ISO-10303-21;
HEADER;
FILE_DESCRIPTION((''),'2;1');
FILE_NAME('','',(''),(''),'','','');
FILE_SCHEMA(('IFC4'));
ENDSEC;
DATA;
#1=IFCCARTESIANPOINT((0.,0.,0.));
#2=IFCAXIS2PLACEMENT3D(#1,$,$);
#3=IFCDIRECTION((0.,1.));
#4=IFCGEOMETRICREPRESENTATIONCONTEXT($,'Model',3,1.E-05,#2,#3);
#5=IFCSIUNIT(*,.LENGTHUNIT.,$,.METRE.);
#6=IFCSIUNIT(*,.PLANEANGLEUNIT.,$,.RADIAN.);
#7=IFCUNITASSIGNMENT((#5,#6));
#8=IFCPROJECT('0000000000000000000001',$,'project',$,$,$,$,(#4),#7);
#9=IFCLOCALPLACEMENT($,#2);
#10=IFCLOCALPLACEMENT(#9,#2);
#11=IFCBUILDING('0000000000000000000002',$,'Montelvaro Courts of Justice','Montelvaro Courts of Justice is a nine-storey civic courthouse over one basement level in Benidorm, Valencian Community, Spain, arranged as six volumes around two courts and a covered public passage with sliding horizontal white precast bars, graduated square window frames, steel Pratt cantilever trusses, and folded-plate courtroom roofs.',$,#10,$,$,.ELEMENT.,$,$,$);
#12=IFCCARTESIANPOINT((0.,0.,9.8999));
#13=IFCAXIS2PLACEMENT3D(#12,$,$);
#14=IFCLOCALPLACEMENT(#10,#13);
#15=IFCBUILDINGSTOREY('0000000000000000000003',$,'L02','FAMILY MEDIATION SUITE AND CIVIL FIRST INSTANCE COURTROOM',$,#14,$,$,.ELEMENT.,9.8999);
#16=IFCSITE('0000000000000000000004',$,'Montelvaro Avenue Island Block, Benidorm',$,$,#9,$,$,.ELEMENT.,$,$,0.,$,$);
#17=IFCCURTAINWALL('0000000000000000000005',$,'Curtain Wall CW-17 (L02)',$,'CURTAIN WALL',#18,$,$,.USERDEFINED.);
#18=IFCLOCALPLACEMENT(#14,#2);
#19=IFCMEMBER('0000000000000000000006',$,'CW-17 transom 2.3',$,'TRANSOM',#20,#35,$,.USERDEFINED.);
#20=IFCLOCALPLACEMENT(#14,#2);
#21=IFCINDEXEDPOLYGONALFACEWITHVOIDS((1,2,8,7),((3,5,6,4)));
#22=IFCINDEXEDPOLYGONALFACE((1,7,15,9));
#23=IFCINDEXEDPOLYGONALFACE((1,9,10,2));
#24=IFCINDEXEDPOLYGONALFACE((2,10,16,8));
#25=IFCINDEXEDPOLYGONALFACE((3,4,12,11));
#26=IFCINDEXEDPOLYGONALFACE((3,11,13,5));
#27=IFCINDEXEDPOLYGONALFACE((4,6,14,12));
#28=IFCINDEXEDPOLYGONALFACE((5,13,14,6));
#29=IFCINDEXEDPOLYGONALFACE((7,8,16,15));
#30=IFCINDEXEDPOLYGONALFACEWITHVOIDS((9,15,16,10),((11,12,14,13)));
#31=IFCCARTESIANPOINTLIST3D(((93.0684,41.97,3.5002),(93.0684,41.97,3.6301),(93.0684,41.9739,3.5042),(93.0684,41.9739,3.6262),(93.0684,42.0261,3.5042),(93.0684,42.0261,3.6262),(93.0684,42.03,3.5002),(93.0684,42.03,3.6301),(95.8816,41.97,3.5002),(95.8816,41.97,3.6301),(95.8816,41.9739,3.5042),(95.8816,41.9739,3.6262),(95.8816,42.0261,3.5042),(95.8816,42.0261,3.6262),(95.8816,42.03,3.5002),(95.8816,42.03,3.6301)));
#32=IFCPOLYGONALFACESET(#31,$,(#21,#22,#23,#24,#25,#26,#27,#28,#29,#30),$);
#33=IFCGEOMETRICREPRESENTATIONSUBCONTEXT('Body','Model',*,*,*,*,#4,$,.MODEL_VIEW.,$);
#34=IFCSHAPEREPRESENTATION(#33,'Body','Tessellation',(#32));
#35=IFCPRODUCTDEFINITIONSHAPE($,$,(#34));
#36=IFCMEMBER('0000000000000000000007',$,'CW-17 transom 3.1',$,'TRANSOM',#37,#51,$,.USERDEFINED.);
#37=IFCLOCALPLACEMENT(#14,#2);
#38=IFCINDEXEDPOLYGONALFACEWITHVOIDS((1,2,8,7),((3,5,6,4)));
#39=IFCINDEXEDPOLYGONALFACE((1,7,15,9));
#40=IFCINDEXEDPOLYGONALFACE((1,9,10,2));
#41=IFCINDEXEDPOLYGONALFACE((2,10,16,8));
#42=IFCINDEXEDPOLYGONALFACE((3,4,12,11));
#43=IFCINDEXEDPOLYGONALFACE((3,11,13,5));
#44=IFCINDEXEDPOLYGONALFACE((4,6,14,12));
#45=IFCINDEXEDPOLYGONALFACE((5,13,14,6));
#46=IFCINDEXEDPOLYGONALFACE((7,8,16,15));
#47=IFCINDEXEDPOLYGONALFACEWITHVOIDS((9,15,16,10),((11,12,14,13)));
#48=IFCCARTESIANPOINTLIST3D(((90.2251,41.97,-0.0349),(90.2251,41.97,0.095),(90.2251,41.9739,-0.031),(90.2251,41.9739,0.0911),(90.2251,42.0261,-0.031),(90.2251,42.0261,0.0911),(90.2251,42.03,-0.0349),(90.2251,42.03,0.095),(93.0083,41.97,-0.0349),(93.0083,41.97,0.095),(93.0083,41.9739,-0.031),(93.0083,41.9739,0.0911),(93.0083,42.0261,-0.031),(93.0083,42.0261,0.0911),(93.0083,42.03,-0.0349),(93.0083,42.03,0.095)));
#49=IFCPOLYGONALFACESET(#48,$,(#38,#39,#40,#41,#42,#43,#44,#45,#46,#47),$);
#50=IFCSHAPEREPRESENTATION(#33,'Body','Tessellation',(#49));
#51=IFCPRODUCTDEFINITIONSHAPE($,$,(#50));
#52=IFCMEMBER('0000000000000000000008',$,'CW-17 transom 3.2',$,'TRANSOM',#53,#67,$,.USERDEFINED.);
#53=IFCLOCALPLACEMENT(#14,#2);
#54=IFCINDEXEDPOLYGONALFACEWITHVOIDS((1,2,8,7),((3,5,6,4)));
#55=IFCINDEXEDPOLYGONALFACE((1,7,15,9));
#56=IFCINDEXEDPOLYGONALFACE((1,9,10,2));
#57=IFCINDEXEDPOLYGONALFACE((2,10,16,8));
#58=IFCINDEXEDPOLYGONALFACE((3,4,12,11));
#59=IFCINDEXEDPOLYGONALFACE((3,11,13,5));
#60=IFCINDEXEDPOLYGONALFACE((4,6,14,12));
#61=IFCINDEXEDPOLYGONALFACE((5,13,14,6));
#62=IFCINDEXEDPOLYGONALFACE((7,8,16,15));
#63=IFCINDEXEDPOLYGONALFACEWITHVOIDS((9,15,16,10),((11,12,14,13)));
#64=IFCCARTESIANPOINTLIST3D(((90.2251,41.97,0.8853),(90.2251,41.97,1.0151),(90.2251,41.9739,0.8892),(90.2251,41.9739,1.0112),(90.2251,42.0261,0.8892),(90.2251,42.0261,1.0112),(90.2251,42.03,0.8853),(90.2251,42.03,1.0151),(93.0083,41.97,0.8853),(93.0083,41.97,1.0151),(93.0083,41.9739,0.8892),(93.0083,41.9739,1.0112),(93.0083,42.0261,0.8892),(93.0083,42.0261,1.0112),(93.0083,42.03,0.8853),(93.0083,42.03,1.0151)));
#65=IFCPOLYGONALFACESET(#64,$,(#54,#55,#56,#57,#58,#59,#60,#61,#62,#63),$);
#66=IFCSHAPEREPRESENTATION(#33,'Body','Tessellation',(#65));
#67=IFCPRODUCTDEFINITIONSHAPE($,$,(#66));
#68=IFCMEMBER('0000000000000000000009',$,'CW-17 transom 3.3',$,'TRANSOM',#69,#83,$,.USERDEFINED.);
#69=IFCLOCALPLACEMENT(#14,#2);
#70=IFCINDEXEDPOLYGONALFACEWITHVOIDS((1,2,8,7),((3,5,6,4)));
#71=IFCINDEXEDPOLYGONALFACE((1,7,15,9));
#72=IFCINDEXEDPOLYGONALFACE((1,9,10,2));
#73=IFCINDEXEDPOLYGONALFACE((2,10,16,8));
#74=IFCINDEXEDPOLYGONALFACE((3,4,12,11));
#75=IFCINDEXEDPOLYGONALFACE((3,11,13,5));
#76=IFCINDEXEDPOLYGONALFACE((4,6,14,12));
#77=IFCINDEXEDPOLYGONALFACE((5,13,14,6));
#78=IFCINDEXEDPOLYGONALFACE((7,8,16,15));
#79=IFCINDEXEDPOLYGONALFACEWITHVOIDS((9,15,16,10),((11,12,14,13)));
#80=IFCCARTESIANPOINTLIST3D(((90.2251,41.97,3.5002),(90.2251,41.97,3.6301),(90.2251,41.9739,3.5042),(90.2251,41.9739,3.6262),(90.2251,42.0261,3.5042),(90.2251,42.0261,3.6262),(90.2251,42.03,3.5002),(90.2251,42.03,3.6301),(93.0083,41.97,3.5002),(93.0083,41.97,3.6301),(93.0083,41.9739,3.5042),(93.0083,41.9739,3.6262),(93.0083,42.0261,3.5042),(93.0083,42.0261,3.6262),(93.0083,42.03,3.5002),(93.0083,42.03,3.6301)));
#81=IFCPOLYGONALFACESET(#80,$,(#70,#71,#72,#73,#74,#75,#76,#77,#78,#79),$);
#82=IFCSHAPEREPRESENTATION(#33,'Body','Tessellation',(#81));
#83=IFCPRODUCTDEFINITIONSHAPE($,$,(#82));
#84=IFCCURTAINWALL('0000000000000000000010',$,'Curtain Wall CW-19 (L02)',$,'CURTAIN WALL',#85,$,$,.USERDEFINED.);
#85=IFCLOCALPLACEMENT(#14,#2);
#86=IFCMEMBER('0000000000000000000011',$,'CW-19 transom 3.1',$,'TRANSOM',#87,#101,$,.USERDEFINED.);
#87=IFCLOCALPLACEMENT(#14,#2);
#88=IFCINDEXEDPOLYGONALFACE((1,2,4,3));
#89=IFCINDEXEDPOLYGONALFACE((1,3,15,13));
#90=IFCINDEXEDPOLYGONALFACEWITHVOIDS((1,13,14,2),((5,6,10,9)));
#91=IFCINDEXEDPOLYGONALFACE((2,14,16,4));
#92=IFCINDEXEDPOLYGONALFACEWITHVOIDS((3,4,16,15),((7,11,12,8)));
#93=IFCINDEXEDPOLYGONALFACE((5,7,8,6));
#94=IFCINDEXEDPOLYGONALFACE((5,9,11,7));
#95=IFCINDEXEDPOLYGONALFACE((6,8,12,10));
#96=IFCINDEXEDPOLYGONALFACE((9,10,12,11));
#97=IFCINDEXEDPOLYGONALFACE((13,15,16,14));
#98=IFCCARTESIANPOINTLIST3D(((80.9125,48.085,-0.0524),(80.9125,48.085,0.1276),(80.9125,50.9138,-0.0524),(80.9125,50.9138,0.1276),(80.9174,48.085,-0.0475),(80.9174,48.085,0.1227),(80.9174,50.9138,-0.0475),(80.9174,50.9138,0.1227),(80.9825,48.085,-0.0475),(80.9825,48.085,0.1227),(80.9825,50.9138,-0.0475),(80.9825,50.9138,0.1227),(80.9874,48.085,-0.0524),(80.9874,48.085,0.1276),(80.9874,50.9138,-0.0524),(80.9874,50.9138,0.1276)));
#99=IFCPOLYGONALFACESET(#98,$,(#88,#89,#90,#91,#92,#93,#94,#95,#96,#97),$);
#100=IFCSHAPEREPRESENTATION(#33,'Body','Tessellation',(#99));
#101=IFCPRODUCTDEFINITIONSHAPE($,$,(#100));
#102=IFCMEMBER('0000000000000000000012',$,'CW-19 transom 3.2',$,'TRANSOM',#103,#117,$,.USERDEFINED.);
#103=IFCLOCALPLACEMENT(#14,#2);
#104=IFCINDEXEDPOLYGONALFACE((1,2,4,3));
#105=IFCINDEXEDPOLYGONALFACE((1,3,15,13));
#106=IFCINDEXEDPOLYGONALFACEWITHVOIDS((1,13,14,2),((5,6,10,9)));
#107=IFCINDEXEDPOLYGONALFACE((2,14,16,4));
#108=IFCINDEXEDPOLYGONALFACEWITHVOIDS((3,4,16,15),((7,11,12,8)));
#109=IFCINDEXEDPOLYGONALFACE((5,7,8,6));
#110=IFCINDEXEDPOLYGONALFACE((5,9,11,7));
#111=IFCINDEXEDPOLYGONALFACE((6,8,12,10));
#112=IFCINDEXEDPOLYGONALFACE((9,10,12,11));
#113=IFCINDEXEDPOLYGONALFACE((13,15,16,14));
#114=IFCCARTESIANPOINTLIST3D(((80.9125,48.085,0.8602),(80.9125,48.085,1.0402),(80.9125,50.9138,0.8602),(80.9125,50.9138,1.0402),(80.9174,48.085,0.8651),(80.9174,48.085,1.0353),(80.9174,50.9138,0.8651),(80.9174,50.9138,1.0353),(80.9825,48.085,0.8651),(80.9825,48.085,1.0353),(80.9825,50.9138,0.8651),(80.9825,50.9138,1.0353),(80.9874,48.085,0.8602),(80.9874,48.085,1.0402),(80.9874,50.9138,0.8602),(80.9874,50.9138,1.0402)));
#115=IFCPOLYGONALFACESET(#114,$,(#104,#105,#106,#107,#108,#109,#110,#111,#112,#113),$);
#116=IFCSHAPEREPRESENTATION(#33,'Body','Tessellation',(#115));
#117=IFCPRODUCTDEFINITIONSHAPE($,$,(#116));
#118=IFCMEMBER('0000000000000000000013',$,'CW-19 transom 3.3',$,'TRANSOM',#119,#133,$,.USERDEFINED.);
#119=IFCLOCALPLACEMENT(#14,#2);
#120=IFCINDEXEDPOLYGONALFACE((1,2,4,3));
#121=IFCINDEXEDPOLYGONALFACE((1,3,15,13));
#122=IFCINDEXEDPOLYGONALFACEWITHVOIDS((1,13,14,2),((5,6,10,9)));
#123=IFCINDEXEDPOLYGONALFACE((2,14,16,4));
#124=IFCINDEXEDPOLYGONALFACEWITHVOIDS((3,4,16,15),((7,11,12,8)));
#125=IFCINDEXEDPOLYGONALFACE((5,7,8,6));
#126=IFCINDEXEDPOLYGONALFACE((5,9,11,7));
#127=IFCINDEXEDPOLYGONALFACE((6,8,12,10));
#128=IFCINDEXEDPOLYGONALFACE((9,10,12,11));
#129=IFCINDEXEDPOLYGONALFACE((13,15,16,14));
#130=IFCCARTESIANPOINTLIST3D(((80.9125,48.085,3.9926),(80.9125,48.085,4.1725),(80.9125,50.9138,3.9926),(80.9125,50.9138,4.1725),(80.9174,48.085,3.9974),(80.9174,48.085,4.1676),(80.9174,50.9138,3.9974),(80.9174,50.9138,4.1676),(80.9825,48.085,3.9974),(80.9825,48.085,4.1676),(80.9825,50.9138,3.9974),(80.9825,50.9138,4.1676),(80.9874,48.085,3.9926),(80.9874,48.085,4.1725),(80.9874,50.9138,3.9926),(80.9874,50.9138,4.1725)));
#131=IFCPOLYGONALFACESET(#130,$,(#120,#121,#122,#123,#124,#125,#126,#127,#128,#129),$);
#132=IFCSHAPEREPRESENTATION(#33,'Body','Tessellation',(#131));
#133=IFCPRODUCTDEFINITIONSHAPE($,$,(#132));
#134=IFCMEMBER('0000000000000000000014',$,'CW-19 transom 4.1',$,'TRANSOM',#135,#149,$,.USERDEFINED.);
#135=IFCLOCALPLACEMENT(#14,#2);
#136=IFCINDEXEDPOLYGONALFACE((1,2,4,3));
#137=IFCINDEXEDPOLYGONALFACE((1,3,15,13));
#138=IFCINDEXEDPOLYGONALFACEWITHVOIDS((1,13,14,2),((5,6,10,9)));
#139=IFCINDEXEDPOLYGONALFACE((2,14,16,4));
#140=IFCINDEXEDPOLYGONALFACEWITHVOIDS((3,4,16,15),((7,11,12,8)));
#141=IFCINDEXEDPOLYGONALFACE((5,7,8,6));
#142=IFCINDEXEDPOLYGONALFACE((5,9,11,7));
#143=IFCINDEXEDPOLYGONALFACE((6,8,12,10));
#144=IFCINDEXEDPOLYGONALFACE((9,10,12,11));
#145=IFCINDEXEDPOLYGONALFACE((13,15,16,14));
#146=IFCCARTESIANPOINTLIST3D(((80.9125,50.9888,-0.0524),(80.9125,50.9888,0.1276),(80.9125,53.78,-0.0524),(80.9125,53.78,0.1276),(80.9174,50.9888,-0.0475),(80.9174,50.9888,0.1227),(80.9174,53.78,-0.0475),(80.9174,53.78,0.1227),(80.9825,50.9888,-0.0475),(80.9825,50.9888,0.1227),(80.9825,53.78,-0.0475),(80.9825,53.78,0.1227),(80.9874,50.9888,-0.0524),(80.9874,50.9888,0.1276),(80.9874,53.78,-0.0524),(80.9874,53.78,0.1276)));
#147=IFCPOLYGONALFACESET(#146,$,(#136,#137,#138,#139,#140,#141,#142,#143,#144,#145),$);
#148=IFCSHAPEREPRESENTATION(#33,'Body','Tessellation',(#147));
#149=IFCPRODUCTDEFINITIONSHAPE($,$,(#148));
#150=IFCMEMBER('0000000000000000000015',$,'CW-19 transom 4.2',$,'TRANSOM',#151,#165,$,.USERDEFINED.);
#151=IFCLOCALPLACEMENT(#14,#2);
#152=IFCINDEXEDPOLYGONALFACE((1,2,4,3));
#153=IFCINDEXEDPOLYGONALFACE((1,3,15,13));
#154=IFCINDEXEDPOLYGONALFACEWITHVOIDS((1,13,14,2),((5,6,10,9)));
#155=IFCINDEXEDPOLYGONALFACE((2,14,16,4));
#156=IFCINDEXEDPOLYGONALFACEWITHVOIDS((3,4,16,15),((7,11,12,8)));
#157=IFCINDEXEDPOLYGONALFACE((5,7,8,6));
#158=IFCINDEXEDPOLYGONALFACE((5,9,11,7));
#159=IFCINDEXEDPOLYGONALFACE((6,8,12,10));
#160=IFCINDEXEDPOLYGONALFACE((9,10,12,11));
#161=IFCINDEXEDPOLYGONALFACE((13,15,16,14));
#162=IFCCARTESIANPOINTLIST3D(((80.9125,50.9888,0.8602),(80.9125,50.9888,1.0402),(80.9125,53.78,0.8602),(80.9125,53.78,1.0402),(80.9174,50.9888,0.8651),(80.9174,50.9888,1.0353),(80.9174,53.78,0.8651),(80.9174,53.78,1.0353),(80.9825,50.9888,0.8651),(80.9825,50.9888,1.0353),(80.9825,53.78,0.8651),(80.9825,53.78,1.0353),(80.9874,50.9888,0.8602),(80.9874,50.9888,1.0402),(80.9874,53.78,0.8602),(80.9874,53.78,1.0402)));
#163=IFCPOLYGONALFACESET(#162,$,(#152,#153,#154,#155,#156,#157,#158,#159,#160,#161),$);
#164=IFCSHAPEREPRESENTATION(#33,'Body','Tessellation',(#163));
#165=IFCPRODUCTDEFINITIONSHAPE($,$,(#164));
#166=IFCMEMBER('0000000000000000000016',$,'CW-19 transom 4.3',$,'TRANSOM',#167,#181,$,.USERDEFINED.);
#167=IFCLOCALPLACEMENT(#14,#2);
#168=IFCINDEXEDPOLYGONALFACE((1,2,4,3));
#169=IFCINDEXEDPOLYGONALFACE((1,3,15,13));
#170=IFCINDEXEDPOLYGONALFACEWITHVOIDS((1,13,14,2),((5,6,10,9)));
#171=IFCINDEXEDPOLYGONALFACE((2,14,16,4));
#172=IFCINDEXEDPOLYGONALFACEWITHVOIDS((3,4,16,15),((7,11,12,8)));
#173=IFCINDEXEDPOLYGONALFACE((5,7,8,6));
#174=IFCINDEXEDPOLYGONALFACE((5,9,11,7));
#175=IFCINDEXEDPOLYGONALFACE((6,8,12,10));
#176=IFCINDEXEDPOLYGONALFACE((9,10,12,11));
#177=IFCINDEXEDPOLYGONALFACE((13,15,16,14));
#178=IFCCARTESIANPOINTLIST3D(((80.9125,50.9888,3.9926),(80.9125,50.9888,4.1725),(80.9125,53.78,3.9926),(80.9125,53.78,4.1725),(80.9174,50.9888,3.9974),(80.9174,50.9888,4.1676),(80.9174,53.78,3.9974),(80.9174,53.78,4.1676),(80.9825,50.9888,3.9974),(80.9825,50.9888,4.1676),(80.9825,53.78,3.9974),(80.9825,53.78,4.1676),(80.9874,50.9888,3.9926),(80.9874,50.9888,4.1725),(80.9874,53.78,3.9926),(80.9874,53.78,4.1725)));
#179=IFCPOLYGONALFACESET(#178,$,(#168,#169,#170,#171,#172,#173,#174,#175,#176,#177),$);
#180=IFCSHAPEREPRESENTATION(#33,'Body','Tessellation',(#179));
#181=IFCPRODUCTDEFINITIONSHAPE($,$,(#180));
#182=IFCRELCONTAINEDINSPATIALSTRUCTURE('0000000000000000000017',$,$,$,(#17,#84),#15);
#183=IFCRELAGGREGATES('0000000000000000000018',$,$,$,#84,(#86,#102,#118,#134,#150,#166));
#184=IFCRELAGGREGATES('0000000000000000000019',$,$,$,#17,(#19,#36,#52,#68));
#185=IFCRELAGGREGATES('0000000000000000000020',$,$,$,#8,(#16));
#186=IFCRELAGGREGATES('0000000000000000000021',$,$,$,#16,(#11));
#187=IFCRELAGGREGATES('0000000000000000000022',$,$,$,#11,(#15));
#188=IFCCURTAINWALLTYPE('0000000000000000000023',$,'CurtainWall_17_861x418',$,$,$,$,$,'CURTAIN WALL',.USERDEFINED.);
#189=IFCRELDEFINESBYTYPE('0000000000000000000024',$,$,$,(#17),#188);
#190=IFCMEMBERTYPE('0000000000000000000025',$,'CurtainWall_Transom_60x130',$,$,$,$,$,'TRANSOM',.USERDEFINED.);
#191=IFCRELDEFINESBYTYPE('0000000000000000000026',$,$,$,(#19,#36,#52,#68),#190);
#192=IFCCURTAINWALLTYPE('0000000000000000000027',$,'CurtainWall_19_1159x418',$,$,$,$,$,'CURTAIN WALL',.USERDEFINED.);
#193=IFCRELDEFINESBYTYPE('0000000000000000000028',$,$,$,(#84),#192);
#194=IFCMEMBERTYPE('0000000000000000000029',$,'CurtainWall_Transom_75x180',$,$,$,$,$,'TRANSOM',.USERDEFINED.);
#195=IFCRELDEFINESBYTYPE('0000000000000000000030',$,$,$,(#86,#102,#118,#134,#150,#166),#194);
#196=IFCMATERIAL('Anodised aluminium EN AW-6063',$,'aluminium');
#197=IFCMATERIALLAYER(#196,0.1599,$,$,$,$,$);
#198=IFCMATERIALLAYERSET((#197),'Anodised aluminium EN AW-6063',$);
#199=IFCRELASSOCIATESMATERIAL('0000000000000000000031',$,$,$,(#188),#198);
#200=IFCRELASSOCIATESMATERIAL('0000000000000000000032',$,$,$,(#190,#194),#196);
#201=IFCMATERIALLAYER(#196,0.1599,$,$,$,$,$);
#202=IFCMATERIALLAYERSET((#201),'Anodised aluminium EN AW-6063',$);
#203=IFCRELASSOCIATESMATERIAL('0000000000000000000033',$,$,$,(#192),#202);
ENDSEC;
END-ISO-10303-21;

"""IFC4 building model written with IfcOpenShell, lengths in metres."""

from ifc_helpers import new_model, si_unit, direction, frame, origin, origin_2d, place, context, subcontext, project, spatial, hollow_rectangle, extrude, material, layer, layer_set, material_profile, profile_set, type_object, element, aggregate, save


model = new_model("IFC4")

# Units and contexts
model_context = context("Model", 3, precision=1e-05, world=origin(), true_north=direction((0.0, 1.0)))
body_context = subcontext(model_context, "Body", "Model", "MODEL_VIEW")
ifc_project = project(units=[si_unit("LENGTHUNIT", "METRE"), si_unit("PLANEANGLEUNIT", "RADIAN")], contexts=[model_context])

# Site, building, storey
site_placement = place(None, origin())
site = spatial("IfcSite", under=ifc_project, at=site_placement, Name="Montelvaro Avenue Island Block, Benidorm", CompositionType="ELEMENT", RefElevation=0.0)
building_placement = place(site_placement, origin())
building = spatial("IfcBuilding", under=site, at=building_placement, Name="Montelvaro Courts of Justice", Description="Montelvaro Courts of Justice is a nine-storey civic courthouse over one basement level in Benidorm, Valencian Community, Spain, arranged as six volumes around two courts and a covered public passage with sliding horizontal white precast bars, graduated square window frames, steel Pratt cantilever trusses, and folded-plate courtroom roofs.", CompositionType="ELEMENT")
storey_placement = place(building_placement, frame((0.0, 0.0, 9.8999)))
storey = spatial("IfcBuildingStorey", under=building, at=storey_placement, Name="L02", Description="FAMILY MEDIATION SUITE AND CIVIL FIRST INSTANCE COURTROOM", CompositionType="ELEMENT", Elevation=9.8999)

# Shared definitions
ifc_material_1 = material(Name="Anodised aluminium EN AW-6063", Category="aluminium")

# Curtain walls, members
ifc_layer_1 = layer(ifc_material_1, 0.1599)
ifc_layer_set_1 = layer_set([ifc_layer_1], Name="Anodised aluminium EN AW-6063")
curtain_wall_type_1 = type_object("IfcCurtainWallType", Name="CurtainWall_17_861x418", ElementType="CURTAIN WALL", PredefinedType="USERDEFINED", material=ifc_layer_set_1)
curtain_wall_1_placement = place(storey_placement, origin())
curtain_wall_1 = element("IfcCurtainWall", 1, at=curtain_wall_1_placement, inside=storey, type_object=curtain_wall_type_1, Name="Curtain Wall CW-17 (L02)", ObjectType="CURTAIN WALL", PredefinedType="USERDEFINED")
ifc_material_profile_1 = material_profile(ifc_material_1, hollow_rectangle(XDim=0.0601, YDim=0.1299, WallThickness=0.0039, at=origin_2d()), Name="ALU-T 60x130")
ifc_profile_set_1 = profile_set([ifc_material_profile_1], Name="Anodised aluminium EN AW-6063")
member_type_1 = type_object("IfcMemberType", Name="CurtainWall_Transom_60x130", ElementType="TRANSOM", PredefinedType="USERDEFINED", material=ifc_profile_set_1)
member_1_placement = place(storey_placement, frame((95.8816, 42.0, 3.5652), z_axis=(-1.0, 0.0, 0.0), x_axis=(0.0, -1.0, 0.0)))
member_1 = element("IfcMember", 2, at=member_1_placement, type_object=member_type_1, Name="CW-17 transom 2.3", ObjectType="TRANSOM", PredefinedType="USERDEFINED", context=body_context, shape_type="SweptSolid", body=[
    extrude(hollow_rectangle(XDim=0.0601, YDim=0.1299, WallThickness=0.0039, at=origin_2d()), origin(), (0.0, 0.0, 1.0), 2.8132),
])
member_2_placement = place(storey_placement, frame((93.0083, 42.0, 0.03), z_axis=(-1.0, 0.0, 0.0), x_axis=(0.0, -1.0, 0.0)))
member_2 = element("IfcMember", 3, at=member_2_placement, type_object=member_type_1, Name="CW-17 transom 3.1", ObjectType="TRANSOM", PredefinedType="USERDEFINED", context=body_context, shape_type="SweptSolid", body=[
    extrude(hollow_rectangle(XDim=0.0601, YDim=0.1299, WallThickness=0.0039, at=origin_2d()), origin(), (0.0, 0.0, 1.0), 2.7832),
])
member_3_placement = place(storey_placement, frame((93.0083, 42.0, 0.9502), z_axis=(-1.0, 0.0, 0.0), x_axis=(0.0, -1.0, 0.0)))
member_3 = element("IfcMember", 4, at=member_3_placement, type_object=member_type_1, Name="CW-17 transom 3.2", ObjectType="TRANSOM", PredefinedType="USERDEFINED", context=body_context, shape_type="SweptSolid", body=[
    extrude(hollow_rectangle(XDim=0.0601, YDim=0.1299, WallThickness=0.0039, at=origin_2d()), origin(), (0.0, 0.0, 1.0), 2.7832),
])
member_4_placement = place(storey_placement, frame((93.0083, 42.0, 3.5652), z_axis=(-1.0, 0.0, 0.0), x_axis=(0.0, -1.0, 0.0)))
member_4 = element("IfcMember", 5, at=member_4_placement, type_object=member_type_1, Name="CW-17 transom 3.3", ObjectType="TRANSOM", PredefinedType="USERDEFINED", context=body_context, shape_type="SweptSolid", body=[
    extrude(hollow_rectangle(XDim=0.0601, YDim=0.1299, WallThickness=0.0039, at=origin_2d()), origin(), (0.0, 0.0, 1.0), 2.7832),
])
ifc_layer_2 = layer(ifc_material_1, 0.1599)
ifc_layer_set_2 = layer_set([ifc_layer_2], Name="Anodised aluminium EN AW-6063")
curtain_wall_type_2 = type_object("IfcCurtainWallType", Name="CurtainWall_19_1159x418", ElementType="CURTAIN WALL", PredefinedType="USERDEFINED", material=ifc_layer_set_2)
curtain_wall_2_placement = place(storey_placement, origin())
curtain_wall_2 = element("IfcCurtainWall", 6, at=curtain_wall_2_placement, inside=storey, type_object=curtain_wall_type_2, Name="Curtain Wall CW-19 (L02)", ObjectType="CURTAIN WALL", PredefinedType="USERDEFINED")
ifc_material_profile_2 = material_profile(ifc_material_1, hollow_rectangle(XDim=0.075, YDim=0.1799, WallThickness=0.0049, at=origin_2d()), Name="ALU-T 75x180")
ifc_profile_set_2 = profile_set([ifc_material_profile_2], Name="Anodised aluminium EN AW-6063")
member_type_2 = type_object("IfcMemberType", Name="CurtainWall_Transom_75x180", ElementType="TRANSOM", PredefinedType="USERDEFINED", material=ifc_profile_set_2)
member_5_placement = place(storey_placement, frame((80.95, 48.085, 0.0376), z_axis=(0.0, 1.0, 0.0), x_axis=(-1.0, 0.0, 0.0)))
member_5 = element("IfcMember", 7, at=member_5_placement, type_object=member_type_2, Name="CW-19 transom 3.1", ObjectType="TRANSOM", PredefinedType="USERDEFINED", context=body_context, shape_type="SweptSolid", body=[
    extrude(hollow_rectangle(XDim=0.075, YDim=0.1799, WallThickness=0.0049, at=origin_2d()), origin(), (0.0, 0.0, 1.0), 2.8289),
])
member_6_placement = place(storey_placement, frame((80.95, 48.085, 0.9502), z_axis=(0.0, 1.0, 0.0), x_axis=(-1.0, 0.0, 0.0)))
member_6 = element("IfcMember", 8, at=member_6_placement, type_object=member_type_2, Name="CW-19 transom 3.2", ObjectType="TRANSOM", PredefinedType="USERDEFINED", context=body_context, shape_type="SweptSolid", body=[
    extrude(hollow_rectangle(XDim=0.075, YDim=0.1799, WallThickness=0.0049, at=origin_2d()), origin(), (0.0, 0.0, 1.0), 2.8289),
])
member_7_placement = place(storey_placement, frame((80.95, 48.085, 4.0825), z_axis=(0.0, 1.0, 0.0), x_axis=(-1.0, 0.0, 0.0)))
member_7 = element("IfcMember", 9, at=member_7_placement, type_object=member_type_2, Name="CW-19 transom 3.3", ObjectType="TRANSOM", PredefinedType="USERDEFINED", context=body_context, shape_type="SweptSolid", body=[
    extrude(hollow_rectangle(XDim=0.075, YDim=0.1799, WallThickness=0.0049, at=origin_2d()), origin(), (0.0, 0.0, 1.0), 2.8289),
])
member_8_placement = place(storey_placement, frame((80.95, 50.9888, 0.0376), z_axis=(0.0, 1.0, 0.0), x_axis=(-1.0, 0.0, 0.0)))
member_8 = element("IfcMember", 10, at=member_8_placement, type_object=member_type_2, Name="CW-19 transom 4.1", ObjectType="TRANSOM", PredefinedType="USERDEFINED", context=body_context, shape_type="SweptSolid", body=[
    extrude(hollow_rectangle(XDim=0.075, YDim=0.1799, WallThickness=0.0049, at=origin_2d()), origin(), (0.0, 0.0, 1.0), 2.7913),
])
member_9_placement = place(storey_placement, frame((80.95, 50.9888, 0.9502), z_axis=(0.0, 1.0, 0.0), x_axis=(-1.0, 0.0, 0.0)))
member_9 = element("IfcMember", 11, at=member_9_placement, type_object=member_type_2, Name="CW-19 transom 4.2", ObjectType="TRANSOM", PredefinedType="USERDEFINED", context=body_context, shape_type="SweptSolid", body=[
    extrude(hollow_rectangle(XDim=0.075, YDim=0.1799, WallThickness=0.0049, at=origin_2d()), origin(), (0.0, 0.0, 1.0), 2.7913),
])
member_10_placement = place(storey_placement, frame((80.95, 50.9888, 4.0825), z_axis=(0.0, 1.0, 0.0), x_axis=(-1.0, 0.0, 0.0)))
member_10 = element("IfcMember", 12, at=member_10_placement, type_object=member_type_2, Name="CW-19 transom 4.3", ObjectType="TRANSOM", PredefinedType="USERDEFINED", context=body_context, shape_type="SweptSolid", body=[
    extrude(hollow_rectangle(XDim=0.075, YDim=0.1799, WallThickness=0.0049, at=origin_2d()), origin(), (0.0, 0.0, 1.0), 2.7913),
])

aggregate(curtain_wall_2, [member_5, member_6, member_7, member_8, member_9, member_10])
aggregate(curtain_wall_1, [member_1, member_2, member_3, member_4])

save(model, "model.ifc")
